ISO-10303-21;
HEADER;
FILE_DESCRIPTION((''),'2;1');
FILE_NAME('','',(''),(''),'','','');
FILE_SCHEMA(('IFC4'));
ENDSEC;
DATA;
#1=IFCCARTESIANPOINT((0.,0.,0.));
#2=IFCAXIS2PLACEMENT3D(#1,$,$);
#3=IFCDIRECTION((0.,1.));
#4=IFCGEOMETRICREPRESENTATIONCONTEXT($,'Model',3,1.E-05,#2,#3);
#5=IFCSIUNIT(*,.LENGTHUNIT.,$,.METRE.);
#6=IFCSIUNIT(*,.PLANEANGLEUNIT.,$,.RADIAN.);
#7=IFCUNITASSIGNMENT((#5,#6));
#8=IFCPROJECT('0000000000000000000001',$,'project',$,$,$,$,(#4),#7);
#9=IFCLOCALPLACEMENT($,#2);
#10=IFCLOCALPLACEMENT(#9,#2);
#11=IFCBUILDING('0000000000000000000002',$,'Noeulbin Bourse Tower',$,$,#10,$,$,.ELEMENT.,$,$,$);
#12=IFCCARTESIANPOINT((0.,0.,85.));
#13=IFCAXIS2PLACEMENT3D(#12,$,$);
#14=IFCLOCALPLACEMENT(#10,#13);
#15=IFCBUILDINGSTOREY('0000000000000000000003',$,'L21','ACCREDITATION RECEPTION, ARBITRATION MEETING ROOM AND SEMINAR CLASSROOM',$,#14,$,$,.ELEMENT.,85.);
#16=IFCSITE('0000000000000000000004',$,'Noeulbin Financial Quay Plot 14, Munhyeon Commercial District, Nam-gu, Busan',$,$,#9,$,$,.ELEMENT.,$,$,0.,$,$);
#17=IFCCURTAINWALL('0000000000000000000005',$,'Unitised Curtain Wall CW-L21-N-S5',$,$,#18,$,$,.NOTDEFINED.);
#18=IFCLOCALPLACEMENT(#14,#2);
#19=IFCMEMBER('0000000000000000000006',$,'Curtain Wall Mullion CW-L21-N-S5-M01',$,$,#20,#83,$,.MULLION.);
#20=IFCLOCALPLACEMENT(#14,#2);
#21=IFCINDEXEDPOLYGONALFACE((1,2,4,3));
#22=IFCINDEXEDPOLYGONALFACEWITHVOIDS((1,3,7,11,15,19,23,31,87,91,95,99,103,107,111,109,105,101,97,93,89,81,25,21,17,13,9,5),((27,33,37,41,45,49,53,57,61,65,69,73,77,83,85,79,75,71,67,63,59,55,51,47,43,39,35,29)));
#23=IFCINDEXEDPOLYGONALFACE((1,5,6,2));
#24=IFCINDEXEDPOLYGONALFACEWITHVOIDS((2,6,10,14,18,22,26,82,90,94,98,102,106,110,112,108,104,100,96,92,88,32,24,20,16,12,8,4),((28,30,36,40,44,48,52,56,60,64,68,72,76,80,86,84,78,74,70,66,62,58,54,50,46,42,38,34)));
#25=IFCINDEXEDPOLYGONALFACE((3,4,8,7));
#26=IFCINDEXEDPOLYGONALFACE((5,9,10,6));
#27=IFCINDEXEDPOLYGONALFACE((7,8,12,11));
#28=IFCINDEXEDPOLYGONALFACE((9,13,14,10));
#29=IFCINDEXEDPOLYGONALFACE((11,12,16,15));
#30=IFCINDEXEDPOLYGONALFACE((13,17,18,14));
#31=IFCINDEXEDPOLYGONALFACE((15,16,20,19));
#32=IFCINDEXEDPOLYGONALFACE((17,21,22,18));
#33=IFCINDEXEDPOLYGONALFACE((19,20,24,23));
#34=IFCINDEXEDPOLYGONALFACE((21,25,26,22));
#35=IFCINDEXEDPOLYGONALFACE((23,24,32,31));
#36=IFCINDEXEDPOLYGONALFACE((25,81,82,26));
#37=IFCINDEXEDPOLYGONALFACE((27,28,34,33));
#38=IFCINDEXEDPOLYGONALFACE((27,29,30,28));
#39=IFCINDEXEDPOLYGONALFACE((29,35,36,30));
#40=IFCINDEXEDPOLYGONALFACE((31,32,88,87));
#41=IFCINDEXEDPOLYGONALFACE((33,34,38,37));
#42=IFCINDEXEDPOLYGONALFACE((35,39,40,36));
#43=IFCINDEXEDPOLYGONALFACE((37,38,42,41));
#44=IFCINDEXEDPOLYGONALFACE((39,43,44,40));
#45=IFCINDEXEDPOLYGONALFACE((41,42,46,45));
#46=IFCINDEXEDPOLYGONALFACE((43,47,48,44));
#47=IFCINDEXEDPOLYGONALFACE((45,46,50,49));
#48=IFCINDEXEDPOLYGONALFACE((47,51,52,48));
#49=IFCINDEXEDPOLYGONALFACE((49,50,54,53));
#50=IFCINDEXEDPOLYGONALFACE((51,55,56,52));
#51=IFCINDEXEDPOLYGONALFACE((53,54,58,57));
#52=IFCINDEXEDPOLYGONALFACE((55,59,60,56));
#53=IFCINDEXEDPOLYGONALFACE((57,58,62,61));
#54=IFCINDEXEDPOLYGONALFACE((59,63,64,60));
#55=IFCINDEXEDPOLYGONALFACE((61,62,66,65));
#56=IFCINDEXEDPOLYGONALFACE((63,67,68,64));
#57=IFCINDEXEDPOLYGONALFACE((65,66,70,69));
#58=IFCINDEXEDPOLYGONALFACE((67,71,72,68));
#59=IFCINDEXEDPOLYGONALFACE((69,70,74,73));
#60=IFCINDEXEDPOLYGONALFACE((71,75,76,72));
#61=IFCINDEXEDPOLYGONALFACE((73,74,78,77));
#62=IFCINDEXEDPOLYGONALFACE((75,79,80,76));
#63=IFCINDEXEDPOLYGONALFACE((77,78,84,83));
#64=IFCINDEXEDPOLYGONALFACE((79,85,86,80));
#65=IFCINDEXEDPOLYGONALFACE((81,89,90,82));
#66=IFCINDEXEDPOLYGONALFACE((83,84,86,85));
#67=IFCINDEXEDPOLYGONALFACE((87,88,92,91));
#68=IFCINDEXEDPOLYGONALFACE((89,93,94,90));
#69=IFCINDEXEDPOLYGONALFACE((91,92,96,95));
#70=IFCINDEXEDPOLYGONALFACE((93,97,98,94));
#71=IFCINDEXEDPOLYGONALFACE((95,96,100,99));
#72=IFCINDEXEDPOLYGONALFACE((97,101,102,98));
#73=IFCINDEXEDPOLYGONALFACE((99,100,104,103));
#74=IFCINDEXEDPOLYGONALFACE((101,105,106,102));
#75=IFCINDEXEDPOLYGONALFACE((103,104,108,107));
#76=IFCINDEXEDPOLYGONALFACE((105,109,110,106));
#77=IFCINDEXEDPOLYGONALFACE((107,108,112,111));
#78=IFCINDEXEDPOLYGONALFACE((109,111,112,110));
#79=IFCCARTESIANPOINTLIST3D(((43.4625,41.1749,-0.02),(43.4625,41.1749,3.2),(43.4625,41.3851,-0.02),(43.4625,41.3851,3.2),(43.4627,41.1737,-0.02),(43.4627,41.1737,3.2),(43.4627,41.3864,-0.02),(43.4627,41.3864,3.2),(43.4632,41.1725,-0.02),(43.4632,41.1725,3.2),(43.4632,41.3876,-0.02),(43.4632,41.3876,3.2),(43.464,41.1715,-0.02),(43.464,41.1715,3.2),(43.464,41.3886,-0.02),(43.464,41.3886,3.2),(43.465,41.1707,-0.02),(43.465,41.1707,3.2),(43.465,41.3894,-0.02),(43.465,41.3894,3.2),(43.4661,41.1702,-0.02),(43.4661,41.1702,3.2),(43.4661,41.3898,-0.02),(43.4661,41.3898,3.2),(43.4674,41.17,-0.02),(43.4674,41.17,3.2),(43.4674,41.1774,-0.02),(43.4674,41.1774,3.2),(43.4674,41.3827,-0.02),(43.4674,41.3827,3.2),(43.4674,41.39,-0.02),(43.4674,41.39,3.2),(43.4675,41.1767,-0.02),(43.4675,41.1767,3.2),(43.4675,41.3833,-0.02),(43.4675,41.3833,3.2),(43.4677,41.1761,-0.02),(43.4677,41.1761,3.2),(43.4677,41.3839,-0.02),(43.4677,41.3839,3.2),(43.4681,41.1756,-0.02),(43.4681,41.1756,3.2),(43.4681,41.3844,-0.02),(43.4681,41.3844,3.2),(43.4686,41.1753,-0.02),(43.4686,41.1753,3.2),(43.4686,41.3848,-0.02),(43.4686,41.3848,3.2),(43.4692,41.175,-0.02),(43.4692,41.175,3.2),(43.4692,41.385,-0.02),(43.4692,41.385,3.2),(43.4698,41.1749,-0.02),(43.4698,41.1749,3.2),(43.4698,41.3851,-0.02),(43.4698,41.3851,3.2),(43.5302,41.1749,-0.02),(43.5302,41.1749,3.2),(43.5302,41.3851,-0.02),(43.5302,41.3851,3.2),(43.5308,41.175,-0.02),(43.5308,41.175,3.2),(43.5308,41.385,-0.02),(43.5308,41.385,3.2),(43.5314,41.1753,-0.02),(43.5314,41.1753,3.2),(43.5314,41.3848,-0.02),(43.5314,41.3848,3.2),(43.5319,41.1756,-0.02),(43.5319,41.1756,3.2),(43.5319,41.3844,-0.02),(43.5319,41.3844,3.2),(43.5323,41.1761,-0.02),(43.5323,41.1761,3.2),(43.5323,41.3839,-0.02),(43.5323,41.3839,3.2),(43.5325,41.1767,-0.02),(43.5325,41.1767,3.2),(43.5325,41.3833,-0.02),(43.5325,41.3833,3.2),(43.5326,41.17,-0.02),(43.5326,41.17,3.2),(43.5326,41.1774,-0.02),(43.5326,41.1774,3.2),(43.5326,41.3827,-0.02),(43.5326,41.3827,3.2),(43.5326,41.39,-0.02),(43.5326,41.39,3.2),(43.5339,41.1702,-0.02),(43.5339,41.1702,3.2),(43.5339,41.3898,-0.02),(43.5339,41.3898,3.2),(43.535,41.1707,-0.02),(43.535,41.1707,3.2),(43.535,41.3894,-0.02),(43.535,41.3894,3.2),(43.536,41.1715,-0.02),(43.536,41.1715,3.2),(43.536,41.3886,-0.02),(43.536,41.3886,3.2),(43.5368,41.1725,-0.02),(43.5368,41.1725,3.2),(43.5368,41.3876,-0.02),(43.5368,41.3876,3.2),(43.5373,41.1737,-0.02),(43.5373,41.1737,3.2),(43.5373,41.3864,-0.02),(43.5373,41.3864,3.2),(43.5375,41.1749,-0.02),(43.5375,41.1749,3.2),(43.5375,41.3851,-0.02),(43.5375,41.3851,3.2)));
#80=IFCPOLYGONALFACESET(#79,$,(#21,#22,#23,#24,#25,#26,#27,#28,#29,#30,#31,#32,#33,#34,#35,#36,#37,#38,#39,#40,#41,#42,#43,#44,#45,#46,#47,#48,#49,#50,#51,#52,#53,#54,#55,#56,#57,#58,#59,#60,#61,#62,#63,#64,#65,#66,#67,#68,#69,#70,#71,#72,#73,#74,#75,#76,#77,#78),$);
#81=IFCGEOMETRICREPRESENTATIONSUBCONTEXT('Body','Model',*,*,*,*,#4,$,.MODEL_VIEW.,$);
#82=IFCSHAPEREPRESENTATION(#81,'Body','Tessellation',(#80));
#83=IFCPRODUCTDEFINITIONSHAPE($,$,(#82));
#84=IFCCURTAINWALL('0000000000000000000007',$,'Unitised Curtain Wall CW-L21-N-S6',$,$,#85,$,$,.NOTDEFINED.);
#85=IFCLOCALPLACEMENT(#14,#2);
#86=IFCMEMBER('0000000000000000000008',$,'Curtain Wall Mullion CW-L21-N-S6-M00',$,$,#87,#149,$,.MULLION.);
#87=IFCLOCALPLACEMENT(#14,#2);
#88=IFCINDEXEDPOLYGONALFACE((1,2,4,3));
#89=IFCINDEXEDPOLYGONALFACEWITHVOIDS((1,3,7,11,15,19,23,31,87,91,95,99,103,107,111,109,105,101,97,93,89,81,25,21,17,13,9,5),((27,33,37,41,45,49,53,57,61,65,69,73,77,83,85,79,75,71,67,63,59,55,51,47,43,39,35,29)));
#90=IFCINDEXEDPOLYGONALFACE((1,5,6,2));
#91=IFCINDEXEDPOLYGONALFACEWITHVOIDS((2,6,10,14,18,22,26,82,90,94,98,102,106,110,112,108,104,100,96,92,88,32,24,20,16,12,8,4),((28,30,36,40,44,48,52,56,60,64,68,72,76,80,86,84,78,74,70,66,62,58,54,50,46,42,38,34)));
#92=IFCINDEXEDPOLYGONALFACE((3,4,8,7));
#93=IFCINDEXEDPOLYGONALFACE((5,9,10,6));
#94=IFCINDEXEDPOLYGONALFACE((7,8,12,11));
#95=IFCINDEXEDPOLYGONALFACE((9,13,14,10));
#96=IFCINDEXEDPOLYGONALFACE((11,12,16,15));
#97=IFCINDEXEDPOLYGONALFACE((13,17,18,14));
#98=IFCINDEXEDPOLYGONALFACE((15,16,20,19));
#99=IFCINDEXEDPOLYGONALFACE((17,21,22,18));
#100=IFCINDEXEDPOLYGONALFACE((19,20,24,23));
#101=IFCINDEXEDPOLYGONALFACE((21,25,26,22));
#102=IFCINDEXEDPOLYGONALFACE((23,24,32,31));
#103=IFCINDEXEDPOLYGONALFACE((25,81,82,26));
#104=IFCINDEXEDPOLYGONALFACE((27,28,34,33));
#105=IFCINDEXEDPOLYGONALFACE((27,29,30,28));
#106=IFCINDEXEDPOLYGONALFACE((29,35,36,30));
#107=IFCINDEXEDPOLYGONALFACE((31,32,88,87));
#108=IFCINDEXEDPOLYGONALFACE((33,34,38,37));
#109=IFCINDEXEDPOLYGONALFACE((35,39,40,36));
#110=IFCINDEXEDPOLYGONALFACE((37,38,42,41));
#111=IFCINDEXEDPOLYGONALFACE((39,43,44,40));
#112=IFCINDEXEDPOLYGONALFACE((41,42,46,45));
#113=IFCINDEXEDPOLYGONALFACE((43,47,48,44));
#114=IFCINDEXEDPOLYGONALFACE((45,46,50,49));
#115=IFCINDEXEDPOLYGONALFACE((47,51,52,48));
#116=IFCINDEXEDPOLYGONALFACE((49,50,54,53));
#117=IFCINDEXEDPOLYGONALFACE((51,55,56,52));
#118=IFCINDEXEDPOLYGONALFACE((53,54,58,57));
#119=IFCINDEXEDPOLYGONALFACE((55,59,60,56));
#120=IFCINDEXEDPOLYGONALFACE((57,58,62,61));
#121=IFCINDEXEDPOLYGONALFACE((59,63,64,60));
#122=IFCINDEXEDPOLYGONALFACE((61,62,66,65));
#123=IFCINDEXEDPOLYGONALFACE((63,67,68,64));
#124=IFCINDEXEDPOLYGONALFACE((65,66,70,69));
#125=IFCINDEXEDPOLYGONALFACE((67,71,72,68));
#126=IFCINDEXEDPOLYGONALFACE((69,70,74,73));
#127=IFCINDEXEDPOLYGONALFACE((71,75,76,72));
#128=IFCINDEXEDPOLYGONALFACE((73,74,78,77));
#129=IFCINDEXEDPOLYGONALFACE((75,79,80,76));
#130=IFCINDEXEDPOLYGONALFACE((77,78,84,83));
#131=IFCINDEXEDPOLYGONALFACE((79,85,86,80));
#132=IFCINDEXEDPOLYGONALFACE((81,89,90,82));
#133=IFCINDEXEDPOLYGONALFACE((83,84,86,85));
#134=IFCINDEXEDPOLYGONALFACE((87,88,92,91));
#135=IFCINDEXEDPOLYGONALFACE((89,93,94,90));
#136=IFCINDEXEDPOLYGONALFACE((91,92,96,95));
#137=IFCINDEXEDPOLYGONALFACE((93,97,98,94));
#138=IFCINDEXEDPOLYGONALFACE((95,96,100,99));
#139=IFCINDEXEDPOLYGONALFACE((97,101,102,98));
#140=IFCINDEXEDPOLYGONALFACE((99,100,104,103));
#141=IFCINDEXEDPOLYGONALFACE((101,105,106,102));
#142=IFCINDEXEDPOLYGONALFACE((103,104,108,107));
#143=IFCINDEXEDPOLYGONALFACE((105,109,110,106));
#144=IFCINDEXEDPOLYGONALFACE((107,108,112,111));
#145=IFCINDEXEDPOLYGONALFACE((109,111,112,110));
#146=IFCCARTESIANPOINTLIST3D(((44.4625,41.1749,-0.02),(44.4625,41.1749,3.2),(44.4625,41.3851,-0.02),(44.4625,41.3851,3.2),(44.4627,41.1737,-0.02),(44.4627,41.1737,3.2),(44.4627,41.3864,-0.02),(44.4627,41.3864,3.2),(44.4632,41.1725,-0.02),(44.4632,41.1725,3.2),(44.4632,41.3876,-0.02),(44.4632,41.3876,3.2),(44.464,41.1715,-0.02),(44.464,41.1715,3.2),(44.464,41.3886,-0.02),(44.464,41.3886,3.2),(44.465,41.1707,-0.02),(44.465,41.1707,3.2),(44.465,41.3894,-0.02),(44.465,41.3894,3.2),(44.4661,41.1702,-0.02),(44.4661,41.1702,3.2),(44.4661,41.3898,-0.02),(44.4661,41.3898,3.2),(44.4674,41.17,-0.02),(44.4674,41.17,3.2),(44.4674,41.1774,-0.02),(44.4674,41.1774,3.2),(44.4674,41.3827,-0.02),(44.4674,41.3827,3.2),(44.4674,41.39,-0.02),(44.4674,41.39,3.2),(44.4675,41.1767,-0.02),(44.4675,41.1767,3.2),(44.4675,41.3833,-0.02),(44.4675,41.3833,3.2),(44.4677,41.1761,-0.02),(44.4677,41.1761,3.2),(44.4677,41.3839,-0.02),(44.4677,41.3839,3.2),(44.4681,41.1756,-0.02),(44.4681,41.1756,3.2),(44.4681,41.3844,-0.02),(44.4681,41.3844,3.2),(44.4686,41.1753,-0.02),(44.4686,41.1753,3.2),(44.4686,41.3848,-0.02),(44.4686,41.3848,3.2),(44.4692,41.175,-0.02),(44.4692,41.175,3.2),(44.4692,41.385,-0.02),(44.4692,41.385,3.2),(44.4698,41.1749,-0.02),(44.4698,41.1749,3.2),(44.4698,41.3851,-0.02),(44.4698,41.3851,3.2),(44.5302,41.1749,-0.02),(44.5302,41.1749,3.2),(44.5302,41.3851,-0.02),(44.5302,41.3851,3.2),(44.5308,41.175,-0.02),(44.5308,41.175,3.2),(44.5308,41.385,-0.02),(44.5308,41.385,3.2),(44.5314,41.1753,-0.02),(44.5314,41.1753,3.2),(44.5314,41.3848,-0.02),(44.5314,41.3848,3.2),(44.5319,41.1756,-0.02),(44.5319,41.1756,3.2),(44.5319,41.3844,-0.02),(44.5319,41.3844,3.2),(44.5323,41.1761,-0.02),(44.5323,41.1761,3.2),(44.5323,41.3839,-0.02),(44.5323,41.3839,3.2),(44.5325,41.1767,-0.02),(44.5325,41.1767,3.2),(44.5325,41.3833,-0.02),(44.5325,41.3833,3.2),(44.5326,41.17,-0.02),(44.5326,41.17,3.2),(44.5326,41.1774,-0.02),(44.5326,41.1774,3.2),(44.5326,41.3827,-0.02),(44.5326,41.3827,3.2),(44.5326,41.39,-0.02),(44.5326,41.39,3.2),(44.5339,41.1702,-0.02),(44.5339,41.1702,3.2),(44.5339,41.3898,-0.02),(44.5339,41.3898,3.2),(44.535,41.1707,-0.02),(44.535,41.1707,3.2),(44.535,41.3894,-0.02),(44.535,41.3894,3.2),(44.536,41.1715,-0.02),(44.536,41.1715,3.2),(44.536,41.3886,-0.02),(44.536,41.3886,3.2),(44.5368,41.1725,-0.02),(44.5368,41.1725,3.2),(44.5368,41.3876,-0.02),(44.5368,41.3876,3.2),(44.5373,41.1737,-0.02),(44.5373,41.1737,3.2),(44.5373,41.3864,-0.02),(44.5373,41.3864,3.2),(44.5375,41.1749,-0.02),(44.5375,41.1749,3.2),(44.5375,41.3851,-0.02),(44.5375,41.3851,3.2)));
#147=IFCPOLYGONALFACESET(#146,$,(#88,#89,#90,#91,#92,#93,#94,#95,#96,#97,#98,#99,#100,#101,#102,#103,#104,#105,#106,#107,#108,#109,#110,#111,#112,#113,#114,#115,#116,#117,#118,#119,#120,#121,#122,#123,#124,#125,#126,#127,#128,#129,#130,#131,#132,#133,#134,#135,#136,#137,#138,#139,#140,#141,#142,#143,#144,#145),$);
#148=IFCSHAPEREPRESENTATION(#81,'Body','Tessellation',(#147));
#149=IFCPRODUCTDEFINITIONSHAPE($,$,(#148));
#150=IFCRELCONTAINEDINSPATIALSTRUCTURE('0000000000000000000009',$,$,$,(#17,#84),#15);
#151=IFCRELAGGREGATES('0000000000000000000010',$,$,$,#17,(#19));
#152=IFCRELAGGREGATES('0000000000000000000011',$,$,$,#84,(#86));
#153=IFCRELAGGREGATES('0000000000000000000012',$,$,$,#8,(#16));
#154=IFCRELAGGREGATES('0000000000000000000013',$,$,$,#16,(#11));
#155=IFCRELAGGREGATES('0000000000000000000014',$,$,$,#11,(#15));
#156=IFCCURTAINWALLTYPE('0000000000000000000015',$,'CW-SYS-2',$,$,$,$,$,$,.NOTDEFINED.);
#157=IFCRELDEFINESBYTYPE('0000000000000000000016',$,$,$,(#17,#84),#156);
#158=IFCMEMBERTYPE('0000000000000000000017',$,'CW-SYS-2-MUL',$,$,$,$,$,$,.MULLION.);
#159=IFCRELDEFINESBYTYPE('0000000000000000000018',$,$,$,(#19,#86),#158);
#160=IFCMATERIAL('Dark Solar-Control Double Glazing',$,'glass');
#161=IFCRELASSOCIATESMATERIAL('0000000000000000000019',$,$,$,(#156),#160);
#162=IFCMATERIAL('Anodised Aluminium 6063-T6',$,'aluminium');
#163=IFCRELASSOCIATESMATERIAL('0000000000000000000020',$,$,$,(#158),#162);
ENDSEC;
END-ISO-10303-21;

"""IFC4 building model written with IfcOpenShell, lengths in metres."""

from ifc_helpers import new_model, si_unit, direction, frame, origin, origin_2d, place, context, subcontext, project, spatial, hollow_rectangle, extrude, material, material_profile, profile_set, type_object, element, aggregate, save


model = new_model("IFC4")

# Units and contexts
model_context = context("Model", 3, precision=1e-05, world=origin(), true_north=direction((0.0, 1.0)))
body_context = subcontext(model_context, "Body", "Model", "MODEL_VIEW")
ifc_project = project(units=[si_unit("LENGTHUNIT", "METRE"), si_unit("PLANEANGLEUNIT", "RADIAN")], contexts=[model_context])

# Site, building, storey
site_placement = place(None, origin())
site = spatial("IfcSite", under=ifc_project, at=site_placement, Name="Noeulbin Financial Quay Plot 14, Munhyeon Commercial District, Nam-gu, Busan", CompositionType="ELEMENT", RefElevation=0.0)
building_placement = place(site_placement, origin())
building = spatial("IfcBuilding", under=site, at=building_placement, Name="Noeulbin Bourse Tower", CompositionType="ELEMENT")
storey_placement = place(building_placement, frame((0.0, 0.0, 85.0)))
storey = spatial("IfcBuildingStorey", under=building, at=storey_placement, Name="L21", Description="ACCREDITATION RECEPTION, ARBITRATION MEETING ROOM AND SEMINAR CLASSROOM", CompositionType="ELEMENT", Elevation=85.0)

# Curtain wall, member
ifc_material_1 = material(Name="Dark Solar-Control Double Glazing", Category="glass")
curtain_wall_type = type_object("IfcCurtainWallType", Name="CW-SYS-2", PredefinedType="NOTDEFINED", material=ifc_material_1)
curtain_wall_1_placement = place(storey_placement, origin())
curtain_wall_1 = element("IfcCurtainWall", 1, at=curtain_wall_1_placement, inside=storey, type_object=curtain_wall_type, Name="Unitised Curtain Wall CW-L21-N-S5", PredefinedType="NOTDEFINED")
ifc_material_2 = material(Name="Anodised Aluminium 6063-T6", Category="aluminium")
ifc_material_profile_1 = material_profile(ifc_material_2, hollow_rectangle(XDim=0.075, YDim=0.22, WallThickness=0.0049, InnerFilletRadius=0.0024, OuterFilletRadius=0.0049, at=origin_2d()), Name="ALU-MULL-75x220x5", Category="LoadBearing")
ifc_profile_set_1 = profile_set([ifc_material_profile_1], Name="Anodised Aluminium 6063-T6")
member_type_1 = type_object("IfcMemberType", Name="CW-SYS-2-MUL", PredefinedType="MULLION", material=ifc_profile_set_1)
member_1_placement = place(storey_placement, frame((43.5, 41.28, -0.02), z_axis=(0.0, 0.0, 1.0), x_axis=(1.0, 0.0, 0.0)))
member_1 = element("IfcMember", 2, at=member_1_placement, type_object=member_type_1, Name="Curtain Wall Mullion CW-L21-N-S5-M01", PredefinedType="MULLION", context=body_context, shape_type="SweptSolid", body=[
    extrude(hollow_rectangle(XDim=0.075, YDim=0.22, WallThickness=0.0049, InnerFilletRadius=0.0024, OuterFilletRadius=0.0049, at=origin_2d()), origin(), (0.0, 0.0, 1.0), 3.22),
])

# Curtain wall, member
curtain_wall_2_placement = place(storey_placement, origin())
curtain_wall_2 = element("IfcCurtainWall", 3, at=curtain_wall_2_placement, inside=storey, type_object=curtain_wall_type, Name="Unitised Curtain Wall CW-L21-N-S6", PredefinedType="NOTDEFINED")
member_2_placement = place(storey_placement, frame((44.5, 41.28, -0.02), z_axis=(0.0, 0.0, 1.0), x_axis=(1.0, 0.0, 0.0)))
member_2 = element("IfcMember", 4, at=member_2_placement, type_object=member_type_1, Name="Curtain Wall Mullion CW-L21-N-S6-M00", PredefinedType="MULLION", context=body_context, shape_type="SweptSolid", body=[
    extrude(hollow_rectangle(XDim=0.075, YDim=0.22, WallThickness=0.0049, InnerFilletRadius=0.0024, OuterFilletRadius=0.0049, at=origin_2d()), origin(), (0.0, 0.0, 1.0), 3.22),
])

aggregate(curtain_wall_1, [member_1])
aggregate(curtain_wall_2, [member_2])

save(model, "model.ifc")
